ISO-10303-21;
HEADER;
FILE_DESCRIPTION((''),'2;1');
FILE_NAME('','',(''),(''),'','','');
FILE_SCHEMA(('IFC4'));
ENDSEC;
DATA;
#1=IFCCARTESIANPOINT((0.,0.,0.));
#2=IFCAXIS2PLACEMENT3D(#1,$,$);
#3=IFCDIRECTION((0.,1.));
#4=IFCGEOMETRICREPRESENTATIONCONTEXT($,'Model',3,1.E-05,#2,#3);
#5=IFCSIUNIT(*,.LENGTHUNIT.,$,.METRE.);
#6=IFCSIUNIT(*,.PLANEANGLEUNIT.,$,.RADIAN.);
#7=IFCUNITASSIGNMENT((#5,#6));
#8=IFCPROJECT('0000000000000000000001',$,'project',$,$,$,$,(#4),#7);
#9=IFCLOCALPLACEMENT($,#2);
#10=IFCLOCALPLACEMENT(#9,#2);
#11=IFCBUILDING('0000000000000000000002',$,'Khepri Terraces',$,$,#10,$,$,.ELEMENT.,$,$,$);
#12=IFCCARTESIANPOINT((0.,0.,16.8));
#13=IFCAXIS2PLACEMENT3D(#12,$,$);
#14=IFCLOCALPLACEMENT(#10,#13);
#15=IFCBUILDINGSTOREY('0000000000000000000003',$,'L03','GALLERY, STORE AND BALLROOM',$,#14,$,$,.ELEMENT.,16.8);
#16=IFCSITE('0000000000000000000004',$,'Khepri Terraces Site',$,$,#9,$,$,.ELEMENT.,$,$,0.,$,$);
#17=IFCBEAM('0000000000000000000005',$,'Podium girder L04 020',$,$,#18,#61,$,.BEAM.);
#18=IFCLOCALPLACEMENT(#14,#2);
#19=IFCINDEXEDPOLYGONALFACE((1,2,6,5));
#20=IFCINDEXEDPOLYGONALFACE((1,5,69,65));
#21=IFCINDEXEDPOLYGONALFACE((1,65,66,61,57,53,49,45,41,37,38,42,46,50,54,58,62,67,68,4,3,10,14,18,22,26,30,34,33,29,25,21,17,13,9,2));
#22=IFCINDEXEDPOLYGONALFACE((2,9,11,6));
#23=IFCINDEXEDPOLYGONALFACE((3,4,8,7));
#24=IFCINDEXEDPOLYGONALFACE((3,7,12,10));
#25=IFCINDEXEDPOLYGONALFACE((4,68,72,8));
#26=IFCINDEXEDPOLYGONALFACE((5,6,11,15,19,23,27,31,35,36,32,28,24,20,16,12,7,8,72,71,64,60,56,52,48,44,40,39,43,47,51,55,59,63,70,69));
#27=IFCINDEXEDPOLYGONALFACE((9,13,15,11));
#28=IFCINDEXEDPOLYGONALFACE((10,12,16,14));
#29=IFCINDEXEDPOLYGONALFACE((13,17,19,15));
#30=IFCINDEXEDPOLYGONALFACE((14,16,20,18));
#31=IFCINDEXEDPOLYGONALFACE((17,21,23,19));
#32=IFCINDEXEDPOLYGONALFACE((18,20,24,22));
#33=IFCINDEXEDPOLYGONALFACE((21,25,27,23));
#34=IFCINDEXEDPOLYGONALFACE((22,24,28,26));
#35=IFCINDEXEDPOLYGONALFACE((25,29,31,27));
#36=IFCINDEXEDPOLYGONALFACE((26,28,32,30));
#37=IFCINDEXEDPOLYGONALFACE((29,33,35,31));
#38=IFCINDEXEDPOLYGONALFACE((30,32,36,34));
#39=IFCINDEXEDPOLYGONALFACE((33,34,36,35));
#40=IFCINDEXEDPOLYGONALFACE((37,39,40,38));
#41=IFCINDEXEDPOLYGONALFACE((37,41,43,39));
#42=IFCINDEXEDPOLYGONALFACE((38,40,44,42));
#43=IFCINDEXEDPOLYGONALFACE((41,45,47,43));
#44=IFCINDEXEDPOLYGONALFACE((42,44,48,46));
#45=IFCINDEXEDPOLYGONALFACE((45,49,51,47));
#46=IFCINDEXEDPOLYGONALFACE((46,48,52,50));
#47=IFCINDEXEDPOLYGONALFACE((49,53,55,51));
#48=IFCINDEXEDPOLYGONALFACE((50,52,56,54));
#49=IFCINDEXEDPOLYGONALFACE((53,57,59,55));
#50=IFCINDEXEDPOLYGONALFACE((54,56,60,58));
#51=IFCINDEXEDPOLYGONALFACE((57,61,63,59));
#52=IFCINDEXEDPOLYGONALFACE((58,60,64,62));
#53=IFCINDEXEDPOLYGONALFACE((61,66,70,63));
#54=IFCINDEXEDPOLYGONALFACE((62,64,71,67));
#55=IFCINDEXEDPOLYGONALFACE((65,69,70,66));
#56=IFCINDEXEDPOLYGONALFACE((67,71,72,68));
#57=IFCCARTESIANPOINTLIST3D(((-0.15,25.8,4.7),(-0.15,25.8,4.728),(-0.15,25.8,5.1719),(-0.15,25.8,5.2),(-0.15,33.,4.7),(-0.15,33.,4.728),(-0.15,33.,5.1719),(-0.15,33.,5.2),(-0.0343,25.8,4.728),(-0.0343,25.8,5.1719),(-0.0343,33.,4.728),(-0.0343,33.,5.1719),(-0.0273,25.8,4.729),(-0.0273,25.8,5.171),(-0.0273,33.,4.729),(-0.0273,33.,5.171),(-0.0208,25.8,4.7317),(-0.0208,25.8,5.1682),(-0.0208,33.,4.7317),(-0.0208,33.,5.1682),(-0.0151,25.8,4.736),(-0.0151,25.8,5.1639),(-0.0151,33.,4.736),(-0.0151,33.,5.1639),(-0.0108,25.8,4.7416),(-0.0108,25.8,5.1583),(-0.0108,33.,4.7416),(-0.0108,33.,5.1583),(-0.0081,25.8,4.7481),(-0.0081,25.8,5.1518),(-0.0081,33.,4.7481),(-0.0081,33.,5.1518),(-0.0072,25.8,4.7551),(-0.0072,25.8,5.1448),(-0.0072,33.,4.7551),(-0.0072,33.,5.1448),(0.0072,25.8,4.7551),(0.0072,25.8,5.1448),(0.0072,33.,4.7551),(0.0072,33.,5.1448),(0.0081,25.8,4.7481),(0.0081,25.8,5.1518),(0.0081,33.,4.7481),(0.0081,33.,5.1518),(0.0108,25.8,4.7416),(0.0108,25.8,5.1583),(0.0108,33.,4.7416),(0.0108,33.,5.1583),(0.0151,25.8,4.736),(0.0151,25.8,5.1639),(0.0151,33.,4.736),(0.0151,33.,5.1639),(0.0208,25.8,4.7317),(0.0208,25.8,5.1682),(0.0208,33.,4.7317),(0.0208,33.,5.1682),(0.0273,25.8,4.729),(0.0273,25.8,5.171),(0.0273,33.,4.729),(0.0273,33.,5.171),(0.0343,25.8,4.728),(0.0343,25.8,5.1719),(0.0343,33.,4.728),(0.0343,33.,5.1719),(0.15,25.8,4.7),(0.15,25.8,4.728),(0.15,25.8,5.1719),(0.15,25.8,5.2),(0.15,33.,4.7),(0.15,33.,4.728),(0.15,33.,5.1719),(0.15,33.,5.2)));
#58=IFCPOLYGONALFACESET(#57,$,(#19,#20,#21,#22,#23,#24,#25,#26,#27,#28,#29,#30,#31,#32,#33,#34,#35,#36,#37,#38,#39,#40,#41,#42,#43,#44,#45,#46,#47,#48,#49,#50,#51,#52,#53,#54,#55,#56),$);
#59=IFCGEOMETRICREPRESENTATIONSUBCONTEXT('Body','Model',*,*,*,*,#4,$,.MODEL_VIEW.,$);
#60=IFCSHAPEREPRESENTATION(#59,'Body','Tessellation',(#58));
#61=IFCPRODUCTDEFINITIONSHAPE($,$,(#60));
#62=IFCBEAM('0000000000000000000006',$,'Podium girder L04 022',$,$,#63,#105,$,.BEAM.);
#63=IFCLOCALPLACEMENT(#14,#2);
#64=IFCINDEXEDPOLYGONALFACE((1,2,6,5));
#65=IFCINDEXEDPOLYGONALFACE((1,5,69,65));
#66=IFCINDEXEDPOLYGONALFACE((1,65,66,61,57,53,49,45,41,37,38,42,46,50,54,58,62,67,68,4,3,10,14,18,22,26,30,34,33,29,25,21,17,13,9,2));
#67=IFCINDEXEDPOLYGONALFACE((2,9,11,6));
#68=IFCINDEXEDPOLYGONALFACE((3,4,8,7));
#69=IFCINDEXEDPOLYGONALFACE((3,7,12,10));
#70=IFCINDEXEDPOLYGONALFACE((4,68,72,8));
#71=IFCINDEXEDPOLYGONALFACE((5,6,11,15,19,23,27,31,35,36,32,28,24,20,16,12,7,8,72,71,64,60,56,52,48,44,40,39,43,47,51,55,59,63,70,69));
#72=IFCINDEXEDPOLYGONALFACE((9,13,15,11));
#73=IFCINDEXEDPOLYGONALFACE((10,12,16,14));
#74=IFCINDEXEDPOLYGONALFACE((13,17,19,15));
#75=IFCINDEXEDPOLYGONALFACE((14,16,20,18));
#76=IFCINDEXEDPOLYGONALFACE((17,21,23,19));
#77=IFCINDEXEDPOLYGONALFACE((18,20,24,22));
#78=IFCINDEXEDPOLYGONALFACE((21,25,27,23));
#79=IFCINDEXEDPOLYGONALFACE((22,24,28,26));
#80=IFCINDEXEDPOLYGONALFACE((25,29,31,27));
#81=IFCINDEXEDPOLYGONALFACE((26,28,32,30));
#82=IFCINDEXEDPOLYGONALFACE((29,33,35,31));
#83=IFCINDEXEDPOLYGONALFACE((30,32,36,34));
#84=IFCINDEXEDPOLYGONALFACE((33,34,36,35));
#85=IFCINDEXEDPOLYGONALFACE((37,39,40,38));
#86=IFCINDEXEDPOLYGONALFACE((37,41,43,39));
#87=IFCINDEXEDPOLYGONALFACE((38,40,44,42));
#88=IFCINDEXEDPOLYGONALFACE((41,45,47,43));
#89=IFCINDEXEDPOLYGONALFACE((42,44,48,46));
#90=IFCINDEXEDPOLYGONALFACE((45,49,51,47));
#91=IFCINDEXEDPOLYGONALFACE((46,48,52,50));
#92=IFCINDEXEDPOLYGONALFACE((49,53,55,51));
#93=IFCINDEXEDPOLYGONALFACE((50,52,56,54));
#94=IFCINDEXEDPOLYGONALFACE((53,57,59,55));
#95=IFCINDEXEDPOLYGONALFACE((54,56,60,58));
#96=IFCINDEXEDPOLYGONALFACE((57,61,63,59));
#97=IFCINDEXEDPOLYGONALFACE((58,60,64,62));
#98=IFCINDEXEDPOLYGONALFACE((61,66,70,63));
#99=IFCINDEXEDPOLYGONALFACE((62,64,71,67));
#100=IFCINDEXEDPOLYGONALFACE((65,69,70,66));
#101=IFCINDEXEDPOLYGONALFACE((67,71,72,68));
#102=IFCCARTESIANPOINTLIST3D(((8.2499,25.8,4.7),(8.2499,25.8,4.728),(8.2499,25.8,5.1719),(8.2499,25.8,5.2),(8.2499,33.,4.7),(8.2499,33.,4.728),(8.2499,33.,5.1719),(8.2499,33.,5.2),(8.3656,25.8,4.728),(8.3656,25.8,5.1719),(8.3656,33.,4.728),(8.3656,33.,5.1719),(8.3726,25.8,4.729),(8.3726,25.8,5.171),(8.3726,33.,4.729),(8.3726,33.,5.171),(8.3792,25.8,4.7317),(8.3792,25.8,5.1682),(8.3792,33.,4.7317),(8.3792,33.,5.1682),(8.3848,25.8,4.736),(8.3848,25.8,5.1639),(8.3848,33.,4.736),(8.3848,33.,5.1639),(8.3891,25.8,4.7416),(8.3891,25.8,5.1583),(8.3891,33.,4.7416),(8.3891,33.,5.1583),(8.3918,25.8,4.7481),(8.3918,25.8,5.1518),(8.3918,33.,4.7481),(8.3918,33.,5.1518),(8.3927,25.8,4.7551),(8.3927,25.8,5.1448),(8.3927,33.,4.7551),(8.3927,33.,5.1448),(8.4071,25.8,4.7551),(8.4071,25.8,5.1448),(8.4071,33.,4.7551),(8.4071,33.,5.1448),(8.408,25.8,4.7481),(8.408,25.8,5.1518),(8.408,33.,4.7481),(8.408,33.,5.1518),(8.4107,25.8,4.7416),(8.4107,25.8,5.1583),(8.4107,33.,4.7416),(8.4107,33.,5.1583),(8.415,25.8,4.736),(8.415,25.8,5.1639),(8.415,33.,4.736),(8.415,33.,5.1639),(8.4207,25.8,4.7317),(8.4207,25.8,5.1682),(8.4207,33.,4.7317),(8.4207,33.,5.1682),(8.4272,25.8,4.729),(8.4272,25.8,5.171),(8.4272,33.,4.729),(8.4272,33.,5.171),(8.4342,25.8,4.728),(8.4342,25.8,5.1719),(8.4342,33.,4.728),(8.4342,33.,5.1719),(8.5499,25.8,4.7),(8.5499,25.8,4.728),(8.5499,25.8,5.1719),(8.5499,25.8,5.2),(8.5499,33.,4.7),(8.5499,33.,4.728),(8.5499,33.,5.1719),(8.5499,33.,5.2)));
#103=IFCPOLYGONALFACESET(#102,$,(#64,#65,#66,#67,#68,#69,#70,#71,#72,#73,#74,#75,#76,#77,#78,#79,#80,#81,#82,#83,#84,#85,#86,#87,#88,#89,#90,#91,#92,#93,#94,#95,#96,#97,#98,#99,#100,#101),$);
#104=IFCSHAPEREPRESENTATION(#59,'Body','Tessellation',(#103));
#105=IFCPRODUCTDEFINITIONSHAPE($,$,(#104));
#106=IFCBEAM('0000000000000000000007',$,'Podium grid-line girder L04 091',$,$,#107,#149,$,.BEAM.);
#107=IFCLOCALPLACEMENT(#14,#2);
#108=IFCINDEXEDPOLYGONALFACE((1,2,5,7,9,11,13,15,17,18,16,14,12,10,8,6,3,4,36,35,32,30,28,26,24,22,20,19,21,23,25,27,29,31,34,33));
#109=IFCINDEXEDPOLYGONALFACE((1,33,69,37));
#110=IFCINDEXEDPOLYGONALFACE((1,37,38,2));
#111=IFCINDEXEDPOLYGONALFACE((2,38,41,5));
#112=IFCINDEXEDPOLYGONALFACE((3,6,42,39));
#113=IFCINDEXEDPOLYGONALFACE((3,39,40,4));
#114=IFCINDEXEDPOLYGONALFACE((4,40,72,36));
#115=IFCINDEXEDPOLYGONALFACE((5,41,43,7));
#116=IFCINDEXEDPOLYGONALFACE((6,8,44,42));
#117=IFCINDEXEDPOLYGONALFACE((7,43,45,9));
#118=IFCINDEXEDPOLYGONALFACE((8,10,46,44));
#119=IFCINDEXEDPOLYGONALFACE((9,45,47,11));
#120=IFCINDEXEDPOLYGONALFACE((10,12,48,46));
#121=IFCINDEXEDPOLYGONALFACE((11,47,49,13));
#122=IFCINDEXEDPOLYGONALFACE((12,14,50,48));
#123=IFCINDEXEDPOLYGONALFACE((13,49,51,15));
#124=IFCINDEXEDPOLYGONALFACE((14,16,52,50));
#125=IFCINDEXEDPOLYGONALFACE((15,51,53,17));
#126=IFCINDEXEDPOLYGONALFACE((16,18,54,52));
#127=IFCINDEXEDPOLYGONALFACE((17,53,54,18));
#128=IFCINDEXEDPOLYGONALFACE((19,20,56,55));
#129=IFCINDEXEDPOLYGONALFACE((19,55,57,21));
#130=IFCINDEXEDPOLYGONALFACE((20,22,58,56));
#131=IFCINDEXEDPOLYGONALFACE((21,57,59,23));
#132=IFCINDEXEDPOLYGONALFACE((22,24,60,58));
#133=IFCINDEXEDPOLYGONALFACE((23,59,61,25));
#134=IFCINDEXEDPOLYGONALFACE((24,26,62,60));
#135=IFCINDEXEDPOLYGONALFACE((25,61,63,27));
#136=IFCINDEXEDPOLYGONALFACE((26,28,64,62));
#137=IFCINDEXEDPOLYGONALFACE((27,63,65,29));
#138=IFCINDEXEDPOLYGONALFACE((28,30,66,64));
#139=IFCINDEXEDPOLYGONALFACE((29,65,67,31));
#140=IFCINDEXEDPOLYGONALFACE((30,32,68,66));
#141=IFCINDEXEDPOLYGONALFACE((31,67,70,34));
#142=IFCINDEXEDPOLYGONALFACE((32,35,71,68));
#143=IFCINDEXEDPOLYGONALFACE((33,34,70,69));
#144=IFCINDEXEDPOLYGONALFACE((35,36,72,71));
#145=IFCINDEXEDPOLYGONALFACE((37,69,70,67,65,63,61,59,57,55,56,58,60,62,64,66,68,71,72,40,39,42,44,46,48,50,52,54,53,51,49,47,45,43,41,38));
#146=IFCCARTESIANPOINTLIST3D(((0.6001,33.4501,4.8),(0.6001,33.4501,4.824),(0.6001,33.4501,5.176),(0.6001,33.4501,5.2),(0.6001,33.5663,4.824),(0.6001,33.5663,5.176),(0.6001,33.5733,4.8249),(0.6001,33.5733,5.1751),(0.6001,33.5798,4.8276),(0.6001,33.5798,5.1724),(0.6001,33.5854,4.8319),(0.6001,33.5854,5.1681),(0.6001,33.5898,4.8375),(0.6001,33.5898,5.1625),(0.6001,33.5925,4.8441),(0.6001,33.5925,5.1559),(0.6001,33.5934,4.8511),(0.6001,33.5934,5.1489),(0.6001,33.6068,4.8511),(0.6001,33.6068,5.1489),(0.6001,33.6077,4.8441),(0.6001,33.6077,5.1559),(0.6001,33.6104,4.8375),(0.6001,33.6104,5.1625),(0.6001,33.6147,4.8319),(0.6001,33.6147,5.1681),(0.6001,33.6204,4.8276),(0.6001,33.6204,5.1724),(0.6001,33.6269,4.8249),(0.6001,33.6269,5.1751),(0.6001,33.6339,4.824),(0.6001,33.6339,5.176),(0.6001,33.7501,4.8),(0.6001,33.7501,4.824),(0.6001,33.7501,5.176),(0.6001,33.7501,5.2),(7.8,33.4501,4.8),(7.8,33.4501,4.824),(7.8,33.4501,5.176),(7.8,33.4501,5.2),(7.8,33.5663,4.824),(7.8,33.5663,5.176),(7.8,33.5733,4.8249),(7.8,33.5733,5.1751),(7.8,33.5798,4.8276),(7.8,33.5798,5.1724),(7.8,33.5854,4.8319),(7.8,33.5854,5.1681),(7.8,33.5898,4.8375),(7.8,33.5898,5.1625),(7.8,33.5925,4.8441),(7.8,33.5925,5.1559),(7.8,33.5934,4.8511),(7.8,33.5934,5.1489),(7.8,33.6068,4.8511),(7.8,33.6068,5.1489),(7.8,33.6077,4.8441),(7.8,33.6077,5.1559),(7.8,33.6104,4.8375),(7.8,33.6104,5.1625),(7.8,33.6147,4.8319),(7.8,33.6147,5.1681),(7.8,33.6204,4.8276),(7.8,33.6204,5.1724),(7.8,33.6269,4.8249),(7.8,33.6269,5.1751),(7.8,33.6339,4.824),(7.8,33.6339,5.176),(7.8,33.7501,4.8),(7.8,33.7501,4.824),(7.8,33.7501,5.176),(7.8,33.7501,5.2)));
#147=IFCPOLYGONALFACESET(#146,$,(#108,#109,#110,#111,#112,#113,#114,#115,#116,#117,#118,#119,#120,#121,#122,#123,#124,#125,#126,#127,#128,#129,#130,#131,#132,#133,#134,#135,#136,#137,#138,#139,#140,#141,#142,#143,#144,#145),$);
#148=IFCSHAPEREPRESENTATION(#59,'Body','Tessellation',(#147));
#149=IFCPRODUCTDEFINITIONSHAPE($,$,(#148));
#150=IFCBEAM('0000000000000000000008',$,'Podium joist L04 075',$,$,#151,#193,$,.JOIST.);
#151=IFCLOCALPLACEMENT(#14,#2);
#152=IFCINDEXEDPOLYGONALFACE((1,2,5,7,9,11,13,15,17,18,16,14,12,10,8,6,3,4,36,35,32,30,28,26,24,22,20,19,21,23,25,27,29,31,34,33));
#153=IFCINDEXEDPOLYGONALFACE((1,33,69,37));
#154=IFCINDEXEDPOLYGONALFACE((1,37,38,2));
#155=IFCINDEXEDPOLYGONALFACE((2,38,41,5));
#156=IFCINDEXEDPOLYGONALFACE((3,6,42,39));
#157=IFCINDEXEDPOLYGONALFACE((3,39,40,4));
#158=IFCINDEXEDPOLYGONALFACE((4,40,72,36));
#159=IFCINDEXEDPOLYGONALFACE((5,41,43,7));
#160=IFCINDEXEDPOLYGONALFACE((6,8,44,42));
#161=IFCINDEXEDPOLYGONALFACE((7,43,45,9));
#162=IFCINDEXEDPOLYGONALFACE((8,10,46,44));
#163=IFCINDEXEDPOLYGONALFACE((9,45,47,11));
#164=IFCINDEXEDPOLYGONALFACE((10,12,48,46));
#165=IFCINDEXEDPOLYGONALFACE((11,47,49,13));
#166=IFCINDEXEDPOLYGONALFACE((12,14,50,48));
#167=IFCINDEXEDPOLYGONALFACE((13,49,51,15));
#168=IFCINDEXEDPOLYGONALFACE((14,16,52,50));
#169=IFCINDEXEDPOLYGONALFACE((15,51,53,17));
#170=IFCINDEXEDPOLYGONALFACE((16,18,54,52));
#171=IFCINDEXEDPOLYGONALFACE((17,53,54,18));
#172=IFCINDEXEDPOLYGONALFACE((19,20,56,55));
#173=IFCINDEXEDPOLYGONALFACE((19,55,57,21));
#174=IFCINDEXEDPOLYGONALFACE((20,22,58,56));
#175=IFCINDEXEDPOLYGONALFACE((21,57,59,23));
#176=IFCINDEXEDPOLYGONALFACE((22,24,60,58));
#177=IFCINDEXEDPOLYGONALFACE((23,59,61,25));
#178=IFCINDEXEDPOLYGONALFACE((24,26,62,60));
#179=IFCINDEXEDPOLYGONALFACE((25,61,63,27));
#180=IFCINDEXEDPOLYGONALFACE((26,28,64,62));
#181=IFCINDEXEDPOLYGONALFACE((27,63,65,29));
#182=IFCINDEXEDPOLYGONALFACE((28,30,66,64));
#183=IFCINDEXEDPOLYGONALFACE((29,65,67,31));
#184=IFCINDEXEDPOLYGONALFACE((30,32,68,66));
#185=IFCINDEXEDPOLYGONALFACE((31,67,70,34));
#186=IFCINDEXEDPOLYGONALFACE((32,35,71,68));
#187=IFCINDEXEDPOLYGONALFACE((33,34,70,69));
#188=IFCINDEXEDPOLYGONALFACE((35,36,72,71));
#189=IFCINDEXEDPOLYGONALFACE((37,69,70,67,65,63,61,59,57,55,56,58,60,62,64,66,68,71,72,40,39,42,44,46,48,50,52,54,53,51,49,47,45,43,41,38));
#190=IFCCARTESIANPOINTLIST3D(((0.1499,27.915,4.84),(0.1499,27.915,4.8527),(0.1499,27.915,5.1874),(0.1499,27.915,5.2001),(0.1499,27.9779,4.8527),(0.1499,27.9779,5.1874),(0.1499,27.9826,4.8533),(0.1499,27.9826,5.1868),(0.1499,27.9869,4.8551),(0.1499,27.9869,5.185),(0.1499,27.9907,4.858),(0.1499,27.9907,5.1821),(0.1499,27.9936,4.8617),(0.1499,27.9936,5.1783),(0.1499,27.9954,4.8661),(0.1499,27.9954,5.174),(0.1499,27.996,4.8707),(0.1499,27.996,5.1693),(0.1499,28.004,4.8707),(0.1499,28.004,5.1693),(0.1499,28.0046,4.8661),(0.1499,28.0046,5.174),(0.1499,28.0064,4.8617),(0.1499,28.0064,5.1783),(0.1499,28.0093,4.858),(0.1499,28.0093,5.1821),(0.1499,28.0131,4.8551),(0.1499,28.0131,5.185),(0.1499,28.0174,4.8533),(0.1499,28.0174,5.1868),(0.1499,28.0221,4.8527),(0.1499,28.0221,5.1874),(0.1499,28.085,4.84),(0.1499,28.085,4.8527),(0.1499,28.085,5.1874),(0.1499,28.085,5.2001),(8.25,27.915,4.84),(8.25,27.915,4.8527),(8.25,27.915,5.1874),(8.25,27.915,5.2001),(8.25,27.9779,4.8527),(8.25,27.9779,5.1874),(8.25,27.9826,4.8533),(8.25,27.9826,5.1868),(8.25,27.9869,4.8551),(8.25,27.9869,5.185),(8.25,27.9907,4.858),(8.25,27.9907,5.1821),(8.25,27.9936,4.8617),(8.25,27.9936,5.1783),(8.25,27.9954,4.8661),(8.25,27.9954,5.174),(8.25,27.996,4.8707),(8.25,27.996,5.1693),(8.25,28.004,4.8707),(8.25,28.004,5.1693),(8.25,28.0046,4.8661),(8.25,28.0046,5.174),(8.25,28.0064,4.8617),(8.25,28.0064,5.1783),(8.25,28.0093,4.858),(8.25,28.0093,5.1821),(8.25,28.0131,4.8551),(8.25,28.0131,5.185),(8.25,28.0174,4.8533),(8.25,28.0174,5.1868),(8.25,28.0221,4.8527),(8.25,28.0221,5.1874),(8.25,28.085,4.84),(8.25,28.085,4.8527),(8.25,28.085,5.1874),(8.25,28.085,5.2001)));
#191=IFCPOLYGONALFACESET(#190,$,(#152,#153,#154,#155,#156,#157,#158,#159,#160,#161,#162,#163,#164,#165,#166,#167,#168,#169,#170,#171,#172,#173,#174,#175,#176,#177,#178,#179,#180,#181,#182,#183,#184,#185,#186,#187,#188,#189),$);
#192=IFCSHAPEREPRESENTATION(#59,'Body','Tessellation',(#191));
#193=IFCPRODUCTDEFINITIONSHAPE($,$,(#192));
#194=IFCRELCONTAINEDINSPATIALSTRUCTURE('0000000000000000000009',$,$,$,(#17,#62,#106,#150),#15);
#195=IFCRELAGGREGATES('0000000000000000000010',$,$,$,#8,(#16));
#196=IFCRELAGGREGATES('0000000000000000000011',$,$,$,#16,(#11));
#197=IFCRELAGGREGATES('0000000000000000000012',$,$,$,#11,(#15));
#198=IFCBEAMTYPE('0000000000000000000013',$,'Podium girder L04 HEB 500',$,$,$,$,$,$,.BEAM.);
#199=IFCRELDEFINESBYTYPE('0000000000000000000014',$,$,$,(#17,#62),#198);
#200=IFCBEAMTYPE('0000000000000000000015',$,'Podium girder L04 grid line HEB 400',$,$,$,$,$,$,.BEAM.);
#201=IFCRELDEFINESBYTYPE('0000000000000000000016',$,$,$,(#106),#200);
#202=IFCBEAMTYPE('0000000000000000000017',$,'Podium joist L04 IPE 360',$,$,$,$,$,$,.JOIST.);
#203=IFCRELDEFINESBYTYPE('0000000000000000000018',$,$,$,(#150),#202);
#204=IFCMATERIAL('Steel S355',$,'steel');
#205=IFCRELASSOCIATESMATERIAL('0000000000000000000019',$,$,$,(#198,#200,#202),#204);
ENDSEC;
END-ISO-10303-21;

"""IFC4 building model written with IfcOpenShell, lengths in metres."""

from ifc_helpers import new_model, si_unit, direction, frame, origin, origin_2d, place, context, subcontext, project, spatial, i_section, extrude, material, material_profile, profile_set, type_object, element, save


model = new_model("IFC4")

# Units and contexts
model_context = context("Model", 3, precision=1e-05, world=origin(), true_north=direction((0.0, 1.0)))
body_context = subcontext(model_context, "Body", "Model", "MODEL_VIEW")
ifc_project = project(units=[si_unit("LENGTHUNIT", "METRE"), si_unit("PLANEANGLEUNIT", "RADIAN")], contexts=[model_context])

# Site, building, storey
site_placement = place(None, origin())
site = spatial("IfcSite", under=ifc_project, at=site_placement, Name="Khepri Terraces Site", CompositionType="ELEMENT", RefElevation=0.0)
building_placement = place(site_placement, origin())
building = spatial("IfcBuilding", under=site, at=building_placement, Name="Khepri Terraces", CompositionType="ELEMENT")
storey_placement = place(building_placement, frame((0.0, 0.0, 16.8)))
storey = spatial("IfcBuildingStorey", under=building, at=storey_placement, Name="L03", Description="GALLERY, STORE AND BALLROOM", CompositionType="ELEMENT", Elevation=16.8)

# Beams
ifc_material_1 = material(Name="Steel S355", Category="steel")
ifc_material_profile_1 = material_profile(ifc_material_1, i_section(OverallWidth=0.3, OverallDepth=0.5, WebThickness=0.0144, FlangeThickness=0.0281, FilletRadius=0.0271, at=origin_2d()), Name="Steel S355", Category="steel")
ifc_profile_set_1 = profile_set([ifc_material_profile_1], Name="Steel S355")
beam_type_1 = type_object("IfcBeamType", Name="Podium girder L04 HEB 500", PredefinedType="BEAM", material=ifc_profile_set_1)
for number, where, z_axis, x_axis, name in (
    (1, (0.0, 25.8, 4.95), (0.0, 1.0, 0.0), (-1.0, 0.0, 0.0), "Podium girder L04 020"),
    (2, (8.3999, 25.8, 4.95), (0.0, 1.0, 0.0), (-1.0, 0.0, 0.0), "Podium girder L04 022"),
):
    element("IfcBeam", number, at=place(storey_placement, frame(where, z_axis=z_axis, x_axis=x_axis)), inside=storey, type_object=beam_type_1, Name=name, PredefinedType="BEAM", context=body_context, shape_type="SweptSolid", body=[
        extrude(i_section(OverallWidth=0.3, OverallDepth=0.5, WebThickness=0.0144, FlangeThickness=0.0281, FilletRadius=0.0271, at=origin_2d()), origin(), (0.0, 0.0, 1.0), 7.2),
    ])
ifc_material_profile_2 = material_profile(ifc_material_1, i_section(OverallWidth=0.3, OverallDepth=0.3999, WebThickness=0.0134, FlangeThickness=0.0239, FilletRadius=0.0271, at=origin_2d()), Name="Steel S355", Category="steel")
ifc_profile_set_2 = profile_set([ifc_material_profile_2], Name="Steel S355")
beam_type_2 = type_object("IfcBeamType", Name="Podium girder L04 grid line HEB 400", PredefinedType="BEAM", material=ifc_profile_set_2)
beam_1_placement = place(storey_placement, frame((0.6001, 33.6001, 5.0), z_axis=(1.0, 0.0, 0.0), x_axis=(0.0, 1.0, 0.0)))
element("IfcBeam", 3, at=beam_1_placement, inside=storey, type_object=beam_type_2, Name="Podium grid-line girder L04 091", PredefinedType="BEAM", context=body_context, shape_type="SweptSolid", body=[
    extrude(i_section(OverallWidth=0.3, OverallDepth=0.3999, WebThickness=0.0134, FlangeThickness=0.0239, FilletRadius=0.0271, at=origin_2d()), origin(), (0.0, 0.0, 1.0), 7.2),
])
ifc_material_profile_3 = material_profile(ifc_material_1, i_section(OverallWidth=0.1699, OverallDepth=0.3601, WebThickness=0.0081, FlangeThickness=0.0127, FilletRadius=0.0181, at=origin_2d()), Name="Steel S355", Category="steel")
ifc_profile_set_3 = profile_set([ifc_material_profile_3], Name="Steel S355")
beam_type_3 = type_object("IfcBeamType", Name="Podium joist L04 IPE 360", PredefinedType="JOIST", material=ifc_profile_set_3)
for number, where, z_axis, x_axis, name in (
    (4, (0.1499, 28.0, 5.02), (1.0, 0.0, 0.0), (0.0, 1.0, 0.0), "Podium joist L04 075"),
):
    element("IfcBeam", number, at=place(storey_placement, frame(where, z_axis=z_axis, x_axis=x_axis)), inside=storey, type_object=beam_type_3, Name=name, PredefinedType="JOIST", context=body_context, shape_type="SweptSolid", body=[
        extrude(i_section(OverallWidth=0.1699, OverallDepth=0.3601, WebThickness=0.0081, FlangeThickness=0.0127, FilletRadius=0.0181, at=origin_2d()), origin(), (0.0, 0.0, 1.0), 8.1001),
    ])

save(model, "model.ifc")
